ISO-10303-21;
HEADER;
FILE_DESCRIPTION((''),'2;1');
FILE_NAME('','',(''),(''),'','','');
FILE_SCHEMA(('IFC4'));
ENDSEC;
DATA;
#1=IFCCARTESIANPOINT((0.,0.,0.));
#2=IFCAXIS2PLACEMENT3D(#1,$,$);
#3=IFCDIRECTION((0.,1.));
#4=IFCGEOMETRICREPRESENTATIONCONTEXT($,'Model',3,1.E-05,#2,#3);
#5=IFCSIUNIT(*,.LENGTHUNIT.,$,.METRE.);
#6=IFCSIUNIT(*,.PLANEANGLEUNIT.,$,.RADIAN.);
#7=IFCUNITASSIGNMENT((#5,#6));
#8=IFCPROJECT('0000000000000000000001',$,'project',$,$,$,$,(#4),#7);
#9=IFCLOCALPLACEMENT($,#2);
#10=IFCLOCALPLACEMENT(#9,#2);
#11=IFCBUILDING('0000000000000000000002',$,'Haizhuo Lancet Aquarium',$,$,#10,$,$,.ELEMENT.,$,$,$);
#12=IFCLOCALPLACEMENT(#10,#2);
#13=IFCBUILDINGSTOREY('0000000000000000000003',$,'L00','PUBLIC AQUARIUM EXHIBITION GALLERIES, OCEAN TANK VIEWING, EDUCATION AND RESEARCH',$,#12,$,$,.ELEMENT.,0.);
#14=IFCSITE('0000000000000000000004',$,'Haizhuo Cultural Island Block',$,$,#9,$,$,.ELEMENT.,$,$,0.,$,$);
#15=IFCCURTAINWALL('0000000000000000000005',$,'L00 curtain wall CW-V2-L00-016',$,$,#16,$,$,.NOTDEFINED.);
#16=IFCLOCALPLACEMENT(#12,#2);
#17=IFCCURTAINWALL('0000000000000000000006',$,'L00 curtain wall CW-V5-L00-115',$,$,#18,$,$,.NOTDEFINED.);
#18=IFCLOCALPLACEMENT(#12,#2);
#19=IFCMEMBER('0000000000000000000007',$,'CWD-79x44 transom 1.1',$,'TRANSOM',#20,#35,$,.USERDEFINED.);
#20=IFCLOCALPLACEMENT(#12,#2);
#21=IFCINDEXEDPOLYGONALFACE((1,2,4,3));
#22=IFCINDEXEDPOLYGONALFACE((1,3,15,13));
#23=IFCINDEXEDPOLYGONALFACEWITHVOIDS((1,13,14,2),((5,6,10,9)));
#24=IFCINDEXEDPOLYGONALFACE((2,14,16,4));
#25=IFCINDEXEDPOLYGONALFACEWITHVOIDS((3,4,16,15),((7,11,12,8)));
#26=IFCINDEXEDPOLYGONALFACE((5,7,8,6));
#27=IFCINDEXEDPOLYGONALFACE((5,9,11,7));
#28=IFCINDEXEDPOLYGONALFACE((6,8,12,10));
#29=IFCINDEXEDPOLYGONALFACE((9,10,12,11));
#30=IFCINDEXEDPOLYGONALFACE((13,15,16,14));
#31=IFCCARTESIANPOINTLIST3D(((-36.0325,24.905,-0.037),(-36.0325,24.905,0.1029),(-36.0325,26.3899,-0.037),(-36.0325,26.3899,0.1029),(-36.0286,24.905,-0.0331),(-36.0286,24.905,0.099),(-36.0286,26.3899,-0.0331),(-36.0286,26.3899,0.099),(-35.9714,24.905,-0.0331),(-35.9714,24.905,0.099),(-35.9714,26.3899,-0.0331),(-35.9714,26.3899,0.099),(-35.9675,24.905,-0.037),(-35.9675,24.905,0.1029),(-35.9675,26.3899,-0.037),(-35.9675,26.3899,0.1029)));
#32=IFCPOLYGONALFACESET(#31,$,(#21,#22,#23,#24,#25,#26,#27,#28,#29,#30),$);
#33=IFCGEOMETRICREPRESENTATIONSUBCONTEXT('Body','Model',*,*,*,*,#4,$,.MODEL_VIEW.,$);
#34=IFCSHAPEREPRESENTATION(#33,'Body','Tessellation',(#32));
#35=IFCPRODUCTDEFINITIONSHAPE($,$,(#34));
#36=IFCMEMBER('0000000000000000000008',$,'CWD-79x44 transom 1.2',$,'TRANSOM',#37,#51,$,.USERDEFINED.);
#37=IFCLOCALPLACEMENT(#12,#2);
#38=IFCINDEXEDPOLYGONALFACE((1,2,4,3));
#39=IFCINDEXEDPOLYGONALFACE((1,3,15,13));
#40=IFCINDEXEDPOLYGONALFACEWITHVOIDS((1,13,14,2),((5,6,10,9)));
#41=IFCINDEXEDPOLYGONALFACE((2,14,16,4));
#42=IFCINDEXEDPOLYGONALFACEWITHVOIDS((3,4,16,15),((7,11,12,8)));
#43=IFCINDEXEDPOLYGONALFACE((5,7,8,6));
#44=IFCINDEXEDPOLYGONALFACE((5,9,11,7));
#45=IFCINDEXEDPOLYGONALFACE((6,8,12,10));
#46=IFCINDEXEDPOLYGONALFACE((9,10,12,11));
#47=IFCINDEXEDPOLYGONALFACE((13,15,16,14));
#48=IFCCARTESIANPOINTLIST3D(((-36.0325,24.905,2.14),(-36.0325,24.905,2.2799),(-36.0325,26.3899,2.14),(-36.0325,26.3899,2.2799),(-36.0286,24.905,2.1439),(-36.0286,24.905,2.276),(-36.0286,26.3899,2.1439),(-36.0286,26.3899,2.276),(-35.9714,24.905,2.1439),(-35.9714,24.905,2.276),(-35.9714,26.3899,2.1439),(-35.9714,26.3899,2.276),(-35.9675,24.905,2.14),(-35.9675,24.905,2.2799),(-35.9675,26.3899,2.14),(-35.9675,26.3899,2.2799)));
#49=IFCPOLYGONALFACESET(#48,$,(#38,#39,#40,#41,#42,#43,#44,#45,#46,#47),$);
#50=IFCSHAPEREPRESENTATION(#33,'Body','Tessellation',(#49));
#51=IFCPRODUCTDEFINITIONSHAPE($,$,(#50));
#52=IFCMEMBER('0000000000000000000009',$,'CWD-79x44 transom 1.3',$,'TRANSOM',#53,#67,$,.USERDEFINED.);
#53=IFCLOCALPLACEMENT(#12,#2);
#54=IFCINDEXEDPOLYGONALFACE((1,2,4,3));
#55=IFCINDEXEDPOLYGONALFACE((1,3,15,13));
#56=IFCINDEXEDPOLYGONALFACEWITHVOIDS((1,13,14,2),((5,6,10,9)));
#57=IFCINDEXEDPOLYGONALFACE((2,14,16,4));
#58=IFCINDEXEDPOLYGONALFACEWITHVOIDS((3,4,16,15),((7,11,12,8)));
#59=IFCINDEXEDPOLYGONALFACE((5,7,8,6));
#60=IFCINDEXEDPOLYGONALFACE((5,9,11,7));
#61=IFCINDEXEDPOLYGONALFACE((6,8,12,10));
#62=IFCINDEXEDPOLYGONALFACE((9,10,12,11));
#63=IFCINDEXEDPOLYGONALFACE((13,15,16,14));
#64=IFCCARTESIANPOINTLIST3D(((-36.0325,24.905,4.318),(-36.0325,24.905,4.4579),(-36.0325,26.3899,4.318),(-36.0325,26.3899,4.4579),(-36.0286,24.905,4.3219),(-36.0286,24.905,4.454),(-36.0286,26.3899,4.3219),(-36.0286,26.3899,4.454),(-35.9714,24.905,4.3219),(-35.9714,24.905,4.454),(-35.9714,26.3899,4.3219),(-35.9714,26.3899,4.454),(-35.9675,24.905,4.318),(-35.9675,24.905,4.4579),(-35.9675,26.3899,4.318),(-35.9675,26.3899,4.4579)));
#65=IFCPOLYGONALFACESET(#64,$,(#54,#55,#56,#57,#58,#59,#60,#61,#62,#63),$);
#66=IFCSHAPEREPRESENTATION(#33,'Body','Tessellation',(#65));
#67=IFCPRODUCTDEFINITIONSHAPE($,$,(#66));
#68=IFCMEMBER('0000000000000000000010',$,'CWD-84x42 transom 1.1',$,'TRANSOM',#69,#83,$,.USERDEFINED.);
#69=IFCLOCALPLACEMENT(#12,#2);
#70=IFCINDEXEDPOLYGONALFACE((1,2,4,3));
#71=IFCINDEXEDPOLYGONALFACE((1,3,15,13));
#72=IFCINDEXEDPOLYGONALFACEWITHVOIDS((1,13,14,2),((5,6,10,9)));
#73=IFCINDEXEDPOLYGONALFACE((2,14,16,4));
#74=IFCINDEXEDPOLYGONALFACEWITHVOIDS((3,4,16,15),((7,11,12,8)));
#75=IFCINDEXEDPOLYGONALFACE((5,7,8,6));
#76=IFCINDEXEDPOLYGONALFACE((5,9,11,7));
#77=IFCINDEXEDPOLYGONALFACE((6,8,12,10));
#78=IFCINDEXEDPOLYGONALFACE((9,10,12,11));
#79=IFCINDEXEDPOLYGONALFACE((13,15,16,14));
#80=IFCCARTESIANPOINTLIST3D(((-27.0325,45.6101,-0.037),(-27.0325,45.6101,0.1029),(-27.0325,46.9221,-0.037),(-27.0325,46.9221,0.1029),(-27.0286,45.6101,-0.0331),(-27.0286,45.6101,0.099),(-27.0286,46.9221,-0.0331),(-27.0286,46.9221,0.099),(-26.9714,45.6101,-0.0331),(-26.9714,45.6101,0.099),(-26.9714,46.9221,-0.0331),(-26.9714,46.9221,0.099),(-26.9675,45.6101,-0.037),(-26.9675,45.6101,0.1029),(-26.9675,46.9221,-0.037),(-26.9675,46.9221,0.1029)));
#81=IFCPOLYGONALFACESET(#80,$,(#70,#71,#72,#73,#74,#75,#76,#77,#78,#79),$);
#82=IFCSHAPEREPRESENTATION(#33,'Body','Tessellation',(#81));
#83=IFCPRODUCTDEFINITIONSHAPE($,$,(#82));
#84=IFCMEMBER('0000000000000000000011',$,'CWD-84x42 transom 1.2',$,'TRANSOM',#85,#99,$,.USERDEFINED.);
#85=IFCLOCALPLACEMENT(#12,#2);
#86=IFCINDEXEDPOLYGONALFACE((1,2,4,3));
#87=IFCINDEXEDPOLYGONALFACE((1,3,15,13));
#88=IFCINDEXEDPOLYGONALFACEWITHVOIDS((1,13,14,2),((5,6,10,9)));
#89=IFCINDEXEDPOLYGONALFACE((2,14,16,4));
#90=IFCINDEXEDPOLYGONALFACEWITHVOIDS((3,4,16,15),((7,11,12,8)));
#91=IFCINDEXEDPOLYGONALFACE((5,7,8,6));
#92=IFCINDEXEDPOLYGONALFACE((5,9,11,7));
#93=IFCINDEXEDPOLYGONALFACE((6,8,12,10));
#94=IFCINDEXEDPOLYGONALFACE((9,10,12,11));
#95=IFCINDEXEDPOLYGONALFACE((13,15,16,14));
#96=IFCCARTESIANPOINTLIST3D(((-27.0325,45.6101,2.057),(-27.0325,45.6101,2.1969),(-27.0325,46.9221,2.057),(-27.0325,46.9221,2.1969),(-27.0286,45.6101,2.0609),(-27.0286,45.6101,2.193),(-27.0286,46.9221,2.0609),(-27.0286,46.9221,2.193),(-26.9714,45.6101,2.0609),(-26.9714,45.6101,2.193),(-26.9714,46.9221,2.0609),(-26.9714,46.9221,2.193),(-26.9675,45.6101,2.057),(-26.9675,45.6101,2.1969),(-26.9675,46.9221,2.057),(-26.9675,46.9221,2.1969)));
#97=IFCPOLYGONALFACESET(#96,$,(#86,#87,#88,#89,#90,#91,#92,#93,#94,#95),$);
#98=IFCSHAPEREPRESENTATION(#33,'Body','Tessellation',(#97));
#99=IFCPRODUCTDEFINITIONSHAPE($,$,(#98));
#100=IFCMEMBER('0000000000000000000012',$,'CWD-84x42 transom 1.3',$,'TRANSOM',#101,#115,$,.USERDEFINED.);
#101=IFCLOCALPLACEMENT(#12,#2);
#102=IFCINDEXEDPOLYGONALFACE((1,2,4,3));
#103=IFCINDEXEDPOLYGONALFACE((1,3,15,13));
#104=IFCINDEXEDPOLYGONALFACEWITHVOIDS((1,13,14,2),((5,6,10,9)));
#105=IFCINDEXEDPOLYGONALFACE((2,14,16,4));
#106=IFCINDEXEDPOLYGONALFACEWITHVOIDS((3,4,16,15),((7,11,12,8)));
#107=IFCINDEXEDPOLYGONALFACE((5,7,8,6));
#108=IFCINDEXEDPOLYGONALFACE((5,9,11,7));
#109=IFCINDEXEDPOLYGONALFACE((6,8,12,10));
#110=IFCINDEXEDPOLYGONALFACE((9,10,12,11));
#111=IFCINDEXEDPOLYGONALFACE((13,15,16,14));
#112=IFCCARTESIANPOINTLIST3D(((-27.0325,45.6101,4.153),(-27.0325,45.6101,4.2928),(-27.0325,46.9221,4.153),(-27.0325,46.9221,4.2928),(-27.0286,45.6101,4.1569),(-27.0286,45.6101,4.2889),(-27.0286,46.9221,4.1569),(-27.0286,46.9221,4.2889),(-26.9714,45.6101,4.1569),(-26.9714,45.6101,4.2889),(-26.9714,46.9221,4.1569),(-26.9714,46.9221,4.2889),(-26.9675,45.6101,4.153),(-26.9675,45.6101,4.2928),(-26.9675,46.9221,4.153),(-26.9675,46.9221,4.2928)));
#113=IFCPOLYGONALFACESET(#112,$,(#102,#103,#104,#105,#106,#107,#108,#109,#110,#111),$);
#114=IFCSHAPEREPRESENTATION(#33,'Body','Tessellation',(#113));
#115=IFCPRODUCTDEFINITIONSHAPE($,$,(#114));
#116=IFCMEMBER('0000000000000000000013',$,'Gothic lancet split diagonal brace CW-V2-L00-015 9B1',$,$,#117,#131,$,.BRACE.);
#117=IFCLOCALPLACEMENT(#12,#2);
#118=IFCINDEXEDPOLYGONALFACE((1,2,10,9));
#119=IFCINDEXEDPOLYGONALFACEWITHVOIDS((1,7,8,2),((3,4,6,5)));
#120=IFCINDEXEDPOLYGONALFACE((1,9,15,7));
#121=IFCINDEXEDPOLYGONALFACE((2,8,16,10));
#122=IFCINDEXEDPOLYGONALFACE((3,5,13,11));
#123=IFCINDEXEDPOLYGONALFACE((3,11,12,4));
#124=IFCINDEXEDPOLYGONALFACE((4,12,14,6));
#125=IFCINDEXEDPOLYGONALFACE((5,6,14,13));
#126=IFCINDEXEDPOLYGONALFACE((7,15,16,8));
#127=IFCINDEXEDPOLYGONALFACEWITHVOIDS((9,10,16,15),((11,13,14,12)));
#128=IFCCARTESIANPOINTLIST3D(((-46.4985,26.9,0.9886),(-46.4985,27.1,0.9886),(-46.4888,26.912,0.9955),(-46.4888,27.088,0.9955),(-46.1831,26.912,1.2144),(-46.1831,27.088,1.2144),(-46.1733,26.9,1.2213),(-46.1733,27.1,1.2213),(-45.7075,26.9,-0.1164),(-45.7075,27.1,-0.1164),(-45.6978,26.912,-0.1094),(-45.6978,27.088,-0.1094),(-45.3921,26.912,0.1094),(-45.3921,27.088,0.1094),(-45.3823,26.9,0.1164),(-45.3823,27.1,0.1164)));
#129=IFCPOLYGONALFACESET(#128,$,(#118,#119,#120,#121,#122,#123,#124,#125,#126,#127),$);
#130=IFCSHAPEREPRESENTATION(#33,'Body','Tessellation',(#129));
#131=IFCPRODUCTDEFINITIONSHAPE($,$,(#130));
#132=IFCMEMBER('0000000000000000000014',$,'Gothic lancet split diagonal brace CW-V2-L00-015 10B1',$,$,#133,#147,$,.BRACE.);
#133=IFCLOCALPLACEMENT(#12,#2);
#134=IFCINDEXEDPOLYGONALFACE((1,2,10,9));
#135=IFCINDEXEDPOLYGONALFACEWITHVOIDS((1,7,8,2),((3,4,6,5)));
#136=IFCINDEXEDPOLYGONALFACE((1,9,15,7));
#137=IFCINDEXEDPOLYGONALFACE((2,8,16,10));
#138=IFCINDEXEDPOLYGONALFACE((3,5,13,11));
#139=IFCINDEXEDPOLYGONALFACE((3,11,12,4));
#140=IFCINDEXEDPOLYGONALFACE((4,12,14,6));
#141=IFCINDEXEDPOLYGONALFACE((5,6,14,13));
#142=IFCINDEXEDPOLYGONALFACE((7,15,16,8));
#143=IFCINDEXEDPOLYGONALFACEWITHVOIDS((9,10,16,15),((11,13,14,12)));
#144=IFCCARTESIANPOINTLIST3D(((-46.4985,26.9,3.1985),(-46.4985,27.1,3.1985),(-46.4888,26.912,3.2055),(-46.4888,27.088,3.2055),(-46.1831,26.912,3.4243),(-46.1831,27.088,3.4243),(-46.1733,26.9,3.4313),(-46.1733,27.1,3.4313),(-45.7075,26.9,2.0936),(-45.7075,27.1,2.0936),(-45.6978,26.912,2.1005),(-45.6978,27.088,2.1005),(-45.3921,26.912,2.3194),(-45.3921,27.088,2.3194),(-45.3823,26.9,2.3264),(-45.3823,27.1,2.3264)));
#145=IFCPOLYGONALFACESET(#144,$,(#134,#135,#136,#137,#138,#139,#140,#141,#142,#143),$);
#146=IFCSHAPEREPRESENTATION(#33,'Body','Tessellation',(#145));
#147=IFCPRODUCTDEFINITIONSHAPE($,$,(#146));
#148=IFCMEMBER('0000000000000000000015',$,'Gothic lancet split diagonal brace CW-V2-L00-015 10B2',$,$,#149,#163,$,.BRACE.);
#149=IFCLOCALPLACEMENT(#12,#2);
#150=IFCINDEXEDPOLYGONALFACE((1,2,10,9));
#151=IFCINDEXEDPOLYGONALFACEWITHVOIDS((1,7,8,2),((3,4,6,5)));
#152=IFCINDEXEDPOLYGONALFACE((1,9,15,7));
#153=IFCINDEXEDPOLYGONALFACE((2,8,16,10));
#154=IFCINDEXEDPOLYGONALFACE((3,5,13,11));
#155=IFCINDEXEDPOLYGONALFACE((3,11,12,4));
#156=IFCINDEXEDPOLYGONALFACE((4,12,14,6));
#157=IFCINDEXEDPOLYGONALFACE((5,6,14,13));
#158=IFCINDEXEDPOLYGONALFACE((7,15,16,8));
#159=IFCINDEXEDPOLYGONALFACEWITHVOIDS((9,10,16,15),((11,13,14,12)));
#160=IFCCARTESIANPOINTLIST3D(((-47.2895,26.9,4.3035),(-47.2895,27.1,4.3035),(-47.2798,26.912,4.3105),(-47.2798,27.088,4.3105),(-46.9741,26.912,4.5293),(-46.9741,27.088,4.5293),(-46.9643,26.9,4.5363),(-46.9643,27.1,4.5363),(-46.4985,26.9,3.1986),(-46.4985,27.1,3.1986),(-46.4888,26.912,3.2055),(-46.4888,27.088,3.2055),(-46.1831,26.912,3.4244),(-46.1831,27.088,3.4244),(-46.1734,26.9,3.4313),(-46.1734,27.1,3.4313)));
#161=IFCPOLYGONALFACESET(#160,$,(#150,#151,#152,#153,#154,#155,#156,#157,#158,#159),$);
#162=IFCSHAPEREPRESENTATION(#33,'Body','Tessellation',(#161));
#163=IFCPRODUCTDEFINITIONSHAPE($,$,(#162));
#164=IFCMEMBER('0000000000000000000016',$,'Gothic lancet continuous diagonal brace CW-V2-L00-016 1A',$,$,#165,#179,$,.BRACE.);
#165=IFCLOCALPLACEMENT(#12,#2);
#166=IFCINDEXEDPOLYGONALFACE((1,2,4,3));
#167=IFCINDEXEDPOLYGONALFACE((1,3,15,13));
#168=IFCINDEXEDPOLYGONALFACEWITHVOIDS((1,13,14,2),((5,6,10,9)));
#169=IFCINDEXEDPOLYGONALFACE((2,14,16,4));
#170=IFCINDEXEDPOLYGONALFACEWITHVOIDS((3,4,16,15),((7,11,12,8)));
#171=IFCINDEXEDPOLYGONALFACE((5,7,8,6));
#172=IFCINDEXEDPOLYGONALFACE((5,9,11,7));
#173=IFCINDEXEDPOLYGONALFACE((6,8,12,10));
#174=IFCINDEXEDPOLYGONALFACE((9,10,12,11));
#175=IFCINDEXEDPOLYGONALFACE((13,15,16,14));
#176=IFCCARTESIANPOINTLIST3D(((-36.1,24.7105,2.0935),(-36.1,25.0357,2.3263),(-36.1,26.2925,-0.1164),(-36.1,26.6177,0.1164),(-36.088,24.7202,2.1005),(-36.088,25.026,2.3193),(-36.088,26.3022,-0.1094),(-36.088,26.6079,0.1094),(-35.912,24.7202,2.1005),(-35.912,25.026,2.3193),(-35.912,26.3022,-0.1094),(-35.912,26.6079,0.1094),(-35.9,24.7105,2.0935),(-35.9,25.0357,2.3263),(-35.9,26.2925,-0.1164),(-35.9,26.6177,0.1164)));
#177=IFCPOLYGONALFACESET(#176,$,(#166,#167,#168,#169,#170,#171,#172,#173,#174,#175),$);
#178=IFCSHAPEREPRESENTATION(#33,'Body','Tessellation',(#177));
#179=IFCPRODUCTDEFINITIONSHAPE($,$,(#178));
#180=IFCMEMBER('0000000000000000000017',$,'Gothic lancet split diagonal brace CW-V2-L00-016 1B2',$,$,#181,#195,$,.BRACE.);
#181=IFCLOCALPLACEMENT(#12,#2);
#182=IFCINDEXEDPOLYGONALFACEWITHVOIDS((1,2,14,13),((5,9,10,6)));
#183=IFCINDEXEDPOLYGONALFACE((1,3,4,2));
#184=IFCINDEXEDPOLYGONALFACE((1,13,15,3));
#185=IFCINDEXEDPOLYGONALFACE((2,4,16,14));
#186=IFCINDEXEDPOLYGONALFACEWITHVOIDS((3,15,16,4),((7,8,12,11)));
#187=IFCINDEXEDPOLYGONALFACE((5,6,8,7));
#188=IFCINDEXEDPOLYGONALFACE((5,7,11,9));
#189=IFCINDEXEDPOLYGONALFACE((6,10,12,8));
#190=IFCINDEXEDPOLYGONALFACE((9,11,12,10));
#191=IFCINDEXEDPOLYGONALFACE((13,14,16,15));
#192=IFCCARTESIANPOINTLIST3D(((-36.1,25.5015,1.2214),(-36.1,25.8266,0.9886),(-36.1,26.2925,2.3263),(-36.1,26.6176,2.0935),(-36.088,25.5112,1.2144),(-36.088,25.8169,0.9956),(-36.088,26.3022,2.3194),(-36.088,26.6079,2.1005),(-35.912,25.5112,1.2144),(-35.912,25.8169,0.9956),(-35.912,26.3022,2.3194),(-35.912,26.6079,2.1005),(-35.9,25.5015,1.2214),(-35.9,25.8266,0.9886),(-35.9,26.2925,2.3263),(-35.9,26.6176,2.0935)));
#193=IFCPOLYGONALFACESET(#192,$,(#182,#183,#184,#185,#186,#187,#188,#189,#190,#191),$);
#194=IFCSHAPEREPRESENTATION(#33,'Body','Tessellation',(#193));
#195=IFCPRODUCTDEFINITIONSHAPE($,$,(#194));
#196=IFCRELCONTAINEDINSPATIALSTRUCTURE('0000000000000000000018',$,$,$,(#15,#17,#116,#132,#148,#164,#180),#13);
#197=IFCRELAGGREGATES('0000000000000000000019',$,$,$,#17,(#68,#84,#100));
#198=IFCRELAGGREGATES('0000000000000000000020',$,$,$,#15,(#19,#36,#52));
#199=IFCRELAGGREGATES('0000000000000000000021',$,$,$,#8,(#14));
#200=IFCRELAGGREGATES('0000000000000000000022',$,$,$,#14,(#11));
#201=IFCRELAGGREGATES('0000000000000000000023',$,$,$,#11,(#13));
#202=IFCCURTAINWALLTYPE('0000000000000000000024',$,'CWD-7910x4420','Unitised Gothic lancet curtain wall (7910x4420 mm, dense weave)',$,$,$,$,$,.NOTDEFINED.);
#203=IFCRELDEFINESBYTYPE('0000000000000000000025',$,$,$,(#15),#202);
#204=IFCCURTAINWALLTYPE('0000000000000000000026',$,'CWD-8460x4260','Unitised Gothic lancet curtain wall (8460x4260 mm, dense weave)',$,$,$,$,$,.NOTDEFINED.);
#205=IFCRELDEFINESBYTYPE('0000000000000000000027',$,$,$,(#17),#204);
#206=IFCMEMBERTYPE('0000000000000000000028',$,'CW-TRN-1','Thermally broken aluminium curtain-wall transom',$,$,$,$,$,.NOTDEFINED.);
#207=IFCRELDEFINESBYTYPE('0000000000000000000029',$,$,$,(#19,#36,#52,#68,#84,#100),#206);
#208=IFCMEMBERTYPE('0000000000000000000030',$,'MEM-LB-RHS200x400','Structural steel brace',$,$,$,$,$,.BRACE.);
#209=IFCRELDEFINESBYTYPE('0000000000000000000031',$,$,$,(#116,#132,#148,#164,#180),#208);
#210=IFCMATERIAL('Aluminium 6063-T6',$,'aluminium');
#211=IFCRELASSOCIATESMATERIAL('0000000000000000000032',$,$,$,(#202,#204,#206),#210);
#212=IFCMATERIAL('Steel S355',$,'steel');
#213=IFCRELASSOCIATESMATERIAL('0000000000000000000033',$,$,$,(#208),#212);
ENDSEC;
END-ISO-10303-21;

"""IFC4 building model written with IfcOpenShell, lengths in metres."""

from ifc_helpers import new_model, si_unit, direction, frame, origin, origin_2d, place, context, subcontext, project, spatial, hollow_rectangle, extrude, material, material_profile, profile_set, type_object, element, aggregate, save


model = new_model("IFC4")

# Units and contexts
model_context = context("Model", 3, precision=1e-05, world=origin(), true_north=direction((0.0, 1.0)))
body_context = subcontext(model_context, "Body", "Model", "MODEL_VIEW")
ifc_project = project(units=[si_unit("LENGTHUNIT", "METRE"), si_unit("PLANEANGLEUNIT", "RADIAN")], contexts=[model_context])

# Site, building, storey
site_placement = place(None, origin())
site = spatial("IfcSite", under=ifc_project, at=site_placement, Name="Haizhuo Cultural Island Block", CompositionType="ELEMENT", RefElevation=0.0)
building_placement = place(site_placement, origin())
building = spatial("IfcBuilding", under=site, at=building_placement, Name="Haizhuo Lancet Aquarium", CompositionType="ELEMENT")
storey_placement = place(building_placement, origin())
storey = spatial("IfcBuildingStorey", under=building, at=storey_placement, Name="L00", Description="PUBLIC AQUARIUM EXHIBITION GALLERIES, OCEAN TANK VIEWING, EDUCATION AND RESEARCH", CompositionType="ELEMENT", Elevation=0.0)

# Shared definitions
ifc_material_1 = material(Name="Steel S355", Category="steel")

# Curtain walls
ifc_material_2 = material(Name="Aluminium 6063-T6", Category="aluminium")
curtain_wall_type_1 = type_object("IfcCurtainWallType", Name="CWD-7910x4420", Description="Unitised Gothic lancet curtain wall (7910x4420 mm, dense weave)", PredefinedType="NOTDEFINED", material=ifc_material_2)
curtain_wall_1_placement = place(storey_placement, origin())
curtain_wall_1 = element("IfcCurtainWall", 1, at=curtain_wall_1_placement, inside=storey, type_object=curtain_wall_type_1, Name="L00 curtain wall CW-V2-L00-016", PredefinedType="NOTDEFINED")
curtain_wall_type_2 = type_object("IfcCurtainWallType", Name="CWD-8460x4260", Description="Unitised Gothic lancet curtain wall (8460x4260 mm, dense weave)", PredefinedType="NOTDEFINED", material=ifc_material_2)
curtain_wall_2_placement = place(storey_placement, origin())
curtain_wall_2 = element("IfcCurtainWall", 2, at=curtain_wall_2_placement, inside=storey, type_object=curtain_wall_type_2, Name="L00 curtain wall CW-V5-L00-115", PredefinedType="NOTDEFINED")

# Members
ifc_material_profile_1 = material_profile(ifc_material_2, hollow_rectangle(XDim=0.0649, YDim=0.1399, WallThickness=0.0039, at=origin_2d()), Name="ALU-T 65x140x4")
ifc_profile_set_1 = profile_set([ifc_material_profile_1], Name="Aluminium 6063-T6")
member_type_1 = type_object("IfcMemberType", Name="CW-TRN-1", Description="Thermally broken aluminium curtain-wall transom", PredefinedType="NOTDEFINED", material=ifc_profile_set_1)
member_1_placement = place(storey_placement, frame((-36.0, 26.3899, 0.033), z_axis=(0.0, -1.0, 0.0), x_axis=(1.0, 0.0, 0.0)))
member_1 = element("IfcMember", 3, at=member_1_placement, type_object=member_type_1, Name="CWD-79x44 transom 1.1", ObjectType="TRANSOM", PredefinedType="USERDEFINED", context=body_context, shape_type="SweptSolid", body=[
    extrude(hollow_rectangle(XDim=0.0649, YDim=0.1399, WallThickness=0.0039, at=origin_2d()), origin(), (0.0, 0.0, 1.0), 1.4849),
])
member_2_placement = place(storey_placement, frame((-36.0, 26.3899, 2.21), z_axis=(0.0, -1.0, 0.0), x_axis=(1.0, 0.0, 0.0)))
member_2 = element("IfcMember", 4, at=member_2_placement, type_object=member_type_1, Name="CWD-79x44 transom 1.2", ObjectType="TRANSOM", PredefinedType="USERDEFINED", context=body_context, shape_type="SweptSolid", body=[
    extrude(hollow_rectangle(XDim=0.0649, YDim=0.1399, WallThickness=0.0039, at=origin_2d()), origin(), (0.0, 0.0, 1.0), 1.4849),
])
member_3_placement = place(storey_placement, frame((-36.0, 26.3899, 4.3879), z_axis=(0.0, -1.0, 0.0), x_axis=(1.0, 0.0, 0.0)))
member_3 = element("IfcMember", 5, at=member_3_placement, type_object=member_type_1, Name="CWD-79x44 transom 1.3", ObjectType="TRANSOM", PredefinedType="USERDEFINED", context=body_context, shape_type="SweptSolid", body=[
    extrude(hollow_rectangle(XDim=0.0649, YDim=0.1399, WallThickness=0.0039, at=origin_2d()), origin(), (0.0, 0.0, 1.0), 1.4849),
])
member_4_placement = place(storey_placement, frame((-27.0, 45.6101, 0.033), z_axis=(0.0, 1.0, 0.0), x_axis=(-1.0, 0.0, 0.0)))
member_4 = element("IfcMember", 6, at=member_4_placement, type_object=member_type_1, Name="CWD-84x42 transom 1.1", ObjectType="TRANSOM", PredefinedType="USERDEFINED", context=body_context, shape_type="SweptSolid", body=[
    extrude(hollow_rectangle(XDim=0.0649, YDim=0.1399, WallThickness=0.0039, at=origin_2d()), origin(), (0.0, 0.0, 1.0), 1.312),
])
member_5_placement = place(storey_placement, frame((-27.0, 45.6101, 2.127), z_axis=(0.0, 1.0, 0.0), x_axis=(-1.0, 0.0, 0.0)))
member_5 = element("IfcMember", 7, at=member_5_placement, type_object=member_type_1, Name="CWD-84x42 transom 1.2", ObjectType="TRANSOM", PredefinedType="USERDEFINED", context=body_context, shape_type="SweptSolid", body=[
    extrude(hollow_rectangle(XDim=0.0649, YDim=0.1399, WallThickness=0.0039, at=origin_2d()), origin(), (0.0, 0.0, 1.0), 1.312),
])
member_6_placement = place(storey_placement, frame((-27.0, 45.6101, 4.2229), z_axis=(0.0, 1.0, 0.0), x_axis=(-1.0, 0.0, 0.0)))
member_6 = element("IfcMember", 8, at=member_6_placement, type_object=member_type_1, Name="CWD-84x42 transom 1.3", ObjectType="TRANSOM", PredefinedType="USERDEFINED", context=body_context, shape_type="SweptSolid", body=[
    extrude(hollow_rectangle(XDim=0.0649, YDim=0.1399, WallThickness=0.0039, at=origin_2d()), origin(), (0.0, 0.0, 1.0), 1.312),
])
aggregate(curtain_wall_2, [member_4, member_5, member_6])

# Members
ifc_material_profile_2 = material_profile(ifc_material_1, hollow_rectangle(XDim=0.2, YDim=0.3999, WallThickness=0.012, at=origin_2d()), Name="RHS 200x400x12")
ifc_profile_set_2 = profile_set([ifc_material_profile_2], Name="Steel S355")
member_type_2 = type_object("IfcMemberType", Name="MEM-LB-RHS200x400", Description="Structural steel brace", PredefinedType="BRACE", material=ifc_profile_set_2)
for number, where, z_axis, x_axis, name in (
    (9, (-45.5449, 27.0, 0.0), (-0.582088, 0.0, 0.813126), (0.0, -1.0, 0.0), "Gothic lancet split diagonal brace CW-V2-L00-015 9B1"),
    (10, (-45.5449, 27.0, 2.21), (-0.582088, 0.0, 0.813126), (0.0, -1.0, 0.0), "Gothic lancet split diagonal brace CW-V2-L00-015 10B1"),
    (11, (-46.3359, 27.0, 3.3149), (-0.582088, 0.0, 0.813126), (0.0, -1.0, 0.0), "Gothic lancet split diagonal brace CW-V2-L00-015 10B2"),
):
    element("IfcMember", number, at=place(storey_placement, frame(where, z_axis=z_axis, x_axis=x_axis)), inside=storey, type_object=member_type_2, Name=name, PredefinedType="BRACE", context=body_context, shape_type="SweptSolid", body=[
        extrude(hollow_rectangle(XDim=0.2, YDim=0.3999, WallThickness=0.012, at=origin_2d()), origin(), (0.0, 0.0, 1.0), 1.3589),
    ])
member_7_placement = place(storey_placement, frame((-36.0, 26.4551, 0.0), z_axis=(0.0, -0.582088, 0.813126), x_axis=(1.0, 0.0, 0.0)))
element("IfcMember", 12, at=member_7_placement, inside=storey, type_object=member_type_2, Name="Gothic lancet continuous diagonal brace CW-V2-L00-016 1A", PredefinedType="BRACE", context=body_context, shape_type="SweptSolid", body=[
    extrude(hollow_rectangle(XDim=0.2, YDim=0.3999, WallThickness=0.012, at=origin_2d()), origin(), (0.0, 0.0, 1.0), 2.7178),
])
member_8_placement = place(storey_placement, frame((-36.0, 25.6641, 1.105), z_axis=(0.0, 0.582088, 0.813126), x_axis=(-1.0, 0.0, 0.0)))
element("IfcMember", 13, at=member_8_placement, inside=storey, type_object=member_type_2, Name="Gothic lancet split diagonal brace CW-V2-L00-016 1B2", PredefinedType="BRACE", context=body_context, shape_type="SweptSolid", body=[
    extrude(hollow_rectangle(XDim=0.2, YDim=0.3999, WallThickness=0.012, at=origin_2d()), origin(), (0.0, 0.0, 1.0), 1.3589),
])

aggregate(curtain_wall_1, [member_1, member_2, member_3])

save(model, "model.ifc")
